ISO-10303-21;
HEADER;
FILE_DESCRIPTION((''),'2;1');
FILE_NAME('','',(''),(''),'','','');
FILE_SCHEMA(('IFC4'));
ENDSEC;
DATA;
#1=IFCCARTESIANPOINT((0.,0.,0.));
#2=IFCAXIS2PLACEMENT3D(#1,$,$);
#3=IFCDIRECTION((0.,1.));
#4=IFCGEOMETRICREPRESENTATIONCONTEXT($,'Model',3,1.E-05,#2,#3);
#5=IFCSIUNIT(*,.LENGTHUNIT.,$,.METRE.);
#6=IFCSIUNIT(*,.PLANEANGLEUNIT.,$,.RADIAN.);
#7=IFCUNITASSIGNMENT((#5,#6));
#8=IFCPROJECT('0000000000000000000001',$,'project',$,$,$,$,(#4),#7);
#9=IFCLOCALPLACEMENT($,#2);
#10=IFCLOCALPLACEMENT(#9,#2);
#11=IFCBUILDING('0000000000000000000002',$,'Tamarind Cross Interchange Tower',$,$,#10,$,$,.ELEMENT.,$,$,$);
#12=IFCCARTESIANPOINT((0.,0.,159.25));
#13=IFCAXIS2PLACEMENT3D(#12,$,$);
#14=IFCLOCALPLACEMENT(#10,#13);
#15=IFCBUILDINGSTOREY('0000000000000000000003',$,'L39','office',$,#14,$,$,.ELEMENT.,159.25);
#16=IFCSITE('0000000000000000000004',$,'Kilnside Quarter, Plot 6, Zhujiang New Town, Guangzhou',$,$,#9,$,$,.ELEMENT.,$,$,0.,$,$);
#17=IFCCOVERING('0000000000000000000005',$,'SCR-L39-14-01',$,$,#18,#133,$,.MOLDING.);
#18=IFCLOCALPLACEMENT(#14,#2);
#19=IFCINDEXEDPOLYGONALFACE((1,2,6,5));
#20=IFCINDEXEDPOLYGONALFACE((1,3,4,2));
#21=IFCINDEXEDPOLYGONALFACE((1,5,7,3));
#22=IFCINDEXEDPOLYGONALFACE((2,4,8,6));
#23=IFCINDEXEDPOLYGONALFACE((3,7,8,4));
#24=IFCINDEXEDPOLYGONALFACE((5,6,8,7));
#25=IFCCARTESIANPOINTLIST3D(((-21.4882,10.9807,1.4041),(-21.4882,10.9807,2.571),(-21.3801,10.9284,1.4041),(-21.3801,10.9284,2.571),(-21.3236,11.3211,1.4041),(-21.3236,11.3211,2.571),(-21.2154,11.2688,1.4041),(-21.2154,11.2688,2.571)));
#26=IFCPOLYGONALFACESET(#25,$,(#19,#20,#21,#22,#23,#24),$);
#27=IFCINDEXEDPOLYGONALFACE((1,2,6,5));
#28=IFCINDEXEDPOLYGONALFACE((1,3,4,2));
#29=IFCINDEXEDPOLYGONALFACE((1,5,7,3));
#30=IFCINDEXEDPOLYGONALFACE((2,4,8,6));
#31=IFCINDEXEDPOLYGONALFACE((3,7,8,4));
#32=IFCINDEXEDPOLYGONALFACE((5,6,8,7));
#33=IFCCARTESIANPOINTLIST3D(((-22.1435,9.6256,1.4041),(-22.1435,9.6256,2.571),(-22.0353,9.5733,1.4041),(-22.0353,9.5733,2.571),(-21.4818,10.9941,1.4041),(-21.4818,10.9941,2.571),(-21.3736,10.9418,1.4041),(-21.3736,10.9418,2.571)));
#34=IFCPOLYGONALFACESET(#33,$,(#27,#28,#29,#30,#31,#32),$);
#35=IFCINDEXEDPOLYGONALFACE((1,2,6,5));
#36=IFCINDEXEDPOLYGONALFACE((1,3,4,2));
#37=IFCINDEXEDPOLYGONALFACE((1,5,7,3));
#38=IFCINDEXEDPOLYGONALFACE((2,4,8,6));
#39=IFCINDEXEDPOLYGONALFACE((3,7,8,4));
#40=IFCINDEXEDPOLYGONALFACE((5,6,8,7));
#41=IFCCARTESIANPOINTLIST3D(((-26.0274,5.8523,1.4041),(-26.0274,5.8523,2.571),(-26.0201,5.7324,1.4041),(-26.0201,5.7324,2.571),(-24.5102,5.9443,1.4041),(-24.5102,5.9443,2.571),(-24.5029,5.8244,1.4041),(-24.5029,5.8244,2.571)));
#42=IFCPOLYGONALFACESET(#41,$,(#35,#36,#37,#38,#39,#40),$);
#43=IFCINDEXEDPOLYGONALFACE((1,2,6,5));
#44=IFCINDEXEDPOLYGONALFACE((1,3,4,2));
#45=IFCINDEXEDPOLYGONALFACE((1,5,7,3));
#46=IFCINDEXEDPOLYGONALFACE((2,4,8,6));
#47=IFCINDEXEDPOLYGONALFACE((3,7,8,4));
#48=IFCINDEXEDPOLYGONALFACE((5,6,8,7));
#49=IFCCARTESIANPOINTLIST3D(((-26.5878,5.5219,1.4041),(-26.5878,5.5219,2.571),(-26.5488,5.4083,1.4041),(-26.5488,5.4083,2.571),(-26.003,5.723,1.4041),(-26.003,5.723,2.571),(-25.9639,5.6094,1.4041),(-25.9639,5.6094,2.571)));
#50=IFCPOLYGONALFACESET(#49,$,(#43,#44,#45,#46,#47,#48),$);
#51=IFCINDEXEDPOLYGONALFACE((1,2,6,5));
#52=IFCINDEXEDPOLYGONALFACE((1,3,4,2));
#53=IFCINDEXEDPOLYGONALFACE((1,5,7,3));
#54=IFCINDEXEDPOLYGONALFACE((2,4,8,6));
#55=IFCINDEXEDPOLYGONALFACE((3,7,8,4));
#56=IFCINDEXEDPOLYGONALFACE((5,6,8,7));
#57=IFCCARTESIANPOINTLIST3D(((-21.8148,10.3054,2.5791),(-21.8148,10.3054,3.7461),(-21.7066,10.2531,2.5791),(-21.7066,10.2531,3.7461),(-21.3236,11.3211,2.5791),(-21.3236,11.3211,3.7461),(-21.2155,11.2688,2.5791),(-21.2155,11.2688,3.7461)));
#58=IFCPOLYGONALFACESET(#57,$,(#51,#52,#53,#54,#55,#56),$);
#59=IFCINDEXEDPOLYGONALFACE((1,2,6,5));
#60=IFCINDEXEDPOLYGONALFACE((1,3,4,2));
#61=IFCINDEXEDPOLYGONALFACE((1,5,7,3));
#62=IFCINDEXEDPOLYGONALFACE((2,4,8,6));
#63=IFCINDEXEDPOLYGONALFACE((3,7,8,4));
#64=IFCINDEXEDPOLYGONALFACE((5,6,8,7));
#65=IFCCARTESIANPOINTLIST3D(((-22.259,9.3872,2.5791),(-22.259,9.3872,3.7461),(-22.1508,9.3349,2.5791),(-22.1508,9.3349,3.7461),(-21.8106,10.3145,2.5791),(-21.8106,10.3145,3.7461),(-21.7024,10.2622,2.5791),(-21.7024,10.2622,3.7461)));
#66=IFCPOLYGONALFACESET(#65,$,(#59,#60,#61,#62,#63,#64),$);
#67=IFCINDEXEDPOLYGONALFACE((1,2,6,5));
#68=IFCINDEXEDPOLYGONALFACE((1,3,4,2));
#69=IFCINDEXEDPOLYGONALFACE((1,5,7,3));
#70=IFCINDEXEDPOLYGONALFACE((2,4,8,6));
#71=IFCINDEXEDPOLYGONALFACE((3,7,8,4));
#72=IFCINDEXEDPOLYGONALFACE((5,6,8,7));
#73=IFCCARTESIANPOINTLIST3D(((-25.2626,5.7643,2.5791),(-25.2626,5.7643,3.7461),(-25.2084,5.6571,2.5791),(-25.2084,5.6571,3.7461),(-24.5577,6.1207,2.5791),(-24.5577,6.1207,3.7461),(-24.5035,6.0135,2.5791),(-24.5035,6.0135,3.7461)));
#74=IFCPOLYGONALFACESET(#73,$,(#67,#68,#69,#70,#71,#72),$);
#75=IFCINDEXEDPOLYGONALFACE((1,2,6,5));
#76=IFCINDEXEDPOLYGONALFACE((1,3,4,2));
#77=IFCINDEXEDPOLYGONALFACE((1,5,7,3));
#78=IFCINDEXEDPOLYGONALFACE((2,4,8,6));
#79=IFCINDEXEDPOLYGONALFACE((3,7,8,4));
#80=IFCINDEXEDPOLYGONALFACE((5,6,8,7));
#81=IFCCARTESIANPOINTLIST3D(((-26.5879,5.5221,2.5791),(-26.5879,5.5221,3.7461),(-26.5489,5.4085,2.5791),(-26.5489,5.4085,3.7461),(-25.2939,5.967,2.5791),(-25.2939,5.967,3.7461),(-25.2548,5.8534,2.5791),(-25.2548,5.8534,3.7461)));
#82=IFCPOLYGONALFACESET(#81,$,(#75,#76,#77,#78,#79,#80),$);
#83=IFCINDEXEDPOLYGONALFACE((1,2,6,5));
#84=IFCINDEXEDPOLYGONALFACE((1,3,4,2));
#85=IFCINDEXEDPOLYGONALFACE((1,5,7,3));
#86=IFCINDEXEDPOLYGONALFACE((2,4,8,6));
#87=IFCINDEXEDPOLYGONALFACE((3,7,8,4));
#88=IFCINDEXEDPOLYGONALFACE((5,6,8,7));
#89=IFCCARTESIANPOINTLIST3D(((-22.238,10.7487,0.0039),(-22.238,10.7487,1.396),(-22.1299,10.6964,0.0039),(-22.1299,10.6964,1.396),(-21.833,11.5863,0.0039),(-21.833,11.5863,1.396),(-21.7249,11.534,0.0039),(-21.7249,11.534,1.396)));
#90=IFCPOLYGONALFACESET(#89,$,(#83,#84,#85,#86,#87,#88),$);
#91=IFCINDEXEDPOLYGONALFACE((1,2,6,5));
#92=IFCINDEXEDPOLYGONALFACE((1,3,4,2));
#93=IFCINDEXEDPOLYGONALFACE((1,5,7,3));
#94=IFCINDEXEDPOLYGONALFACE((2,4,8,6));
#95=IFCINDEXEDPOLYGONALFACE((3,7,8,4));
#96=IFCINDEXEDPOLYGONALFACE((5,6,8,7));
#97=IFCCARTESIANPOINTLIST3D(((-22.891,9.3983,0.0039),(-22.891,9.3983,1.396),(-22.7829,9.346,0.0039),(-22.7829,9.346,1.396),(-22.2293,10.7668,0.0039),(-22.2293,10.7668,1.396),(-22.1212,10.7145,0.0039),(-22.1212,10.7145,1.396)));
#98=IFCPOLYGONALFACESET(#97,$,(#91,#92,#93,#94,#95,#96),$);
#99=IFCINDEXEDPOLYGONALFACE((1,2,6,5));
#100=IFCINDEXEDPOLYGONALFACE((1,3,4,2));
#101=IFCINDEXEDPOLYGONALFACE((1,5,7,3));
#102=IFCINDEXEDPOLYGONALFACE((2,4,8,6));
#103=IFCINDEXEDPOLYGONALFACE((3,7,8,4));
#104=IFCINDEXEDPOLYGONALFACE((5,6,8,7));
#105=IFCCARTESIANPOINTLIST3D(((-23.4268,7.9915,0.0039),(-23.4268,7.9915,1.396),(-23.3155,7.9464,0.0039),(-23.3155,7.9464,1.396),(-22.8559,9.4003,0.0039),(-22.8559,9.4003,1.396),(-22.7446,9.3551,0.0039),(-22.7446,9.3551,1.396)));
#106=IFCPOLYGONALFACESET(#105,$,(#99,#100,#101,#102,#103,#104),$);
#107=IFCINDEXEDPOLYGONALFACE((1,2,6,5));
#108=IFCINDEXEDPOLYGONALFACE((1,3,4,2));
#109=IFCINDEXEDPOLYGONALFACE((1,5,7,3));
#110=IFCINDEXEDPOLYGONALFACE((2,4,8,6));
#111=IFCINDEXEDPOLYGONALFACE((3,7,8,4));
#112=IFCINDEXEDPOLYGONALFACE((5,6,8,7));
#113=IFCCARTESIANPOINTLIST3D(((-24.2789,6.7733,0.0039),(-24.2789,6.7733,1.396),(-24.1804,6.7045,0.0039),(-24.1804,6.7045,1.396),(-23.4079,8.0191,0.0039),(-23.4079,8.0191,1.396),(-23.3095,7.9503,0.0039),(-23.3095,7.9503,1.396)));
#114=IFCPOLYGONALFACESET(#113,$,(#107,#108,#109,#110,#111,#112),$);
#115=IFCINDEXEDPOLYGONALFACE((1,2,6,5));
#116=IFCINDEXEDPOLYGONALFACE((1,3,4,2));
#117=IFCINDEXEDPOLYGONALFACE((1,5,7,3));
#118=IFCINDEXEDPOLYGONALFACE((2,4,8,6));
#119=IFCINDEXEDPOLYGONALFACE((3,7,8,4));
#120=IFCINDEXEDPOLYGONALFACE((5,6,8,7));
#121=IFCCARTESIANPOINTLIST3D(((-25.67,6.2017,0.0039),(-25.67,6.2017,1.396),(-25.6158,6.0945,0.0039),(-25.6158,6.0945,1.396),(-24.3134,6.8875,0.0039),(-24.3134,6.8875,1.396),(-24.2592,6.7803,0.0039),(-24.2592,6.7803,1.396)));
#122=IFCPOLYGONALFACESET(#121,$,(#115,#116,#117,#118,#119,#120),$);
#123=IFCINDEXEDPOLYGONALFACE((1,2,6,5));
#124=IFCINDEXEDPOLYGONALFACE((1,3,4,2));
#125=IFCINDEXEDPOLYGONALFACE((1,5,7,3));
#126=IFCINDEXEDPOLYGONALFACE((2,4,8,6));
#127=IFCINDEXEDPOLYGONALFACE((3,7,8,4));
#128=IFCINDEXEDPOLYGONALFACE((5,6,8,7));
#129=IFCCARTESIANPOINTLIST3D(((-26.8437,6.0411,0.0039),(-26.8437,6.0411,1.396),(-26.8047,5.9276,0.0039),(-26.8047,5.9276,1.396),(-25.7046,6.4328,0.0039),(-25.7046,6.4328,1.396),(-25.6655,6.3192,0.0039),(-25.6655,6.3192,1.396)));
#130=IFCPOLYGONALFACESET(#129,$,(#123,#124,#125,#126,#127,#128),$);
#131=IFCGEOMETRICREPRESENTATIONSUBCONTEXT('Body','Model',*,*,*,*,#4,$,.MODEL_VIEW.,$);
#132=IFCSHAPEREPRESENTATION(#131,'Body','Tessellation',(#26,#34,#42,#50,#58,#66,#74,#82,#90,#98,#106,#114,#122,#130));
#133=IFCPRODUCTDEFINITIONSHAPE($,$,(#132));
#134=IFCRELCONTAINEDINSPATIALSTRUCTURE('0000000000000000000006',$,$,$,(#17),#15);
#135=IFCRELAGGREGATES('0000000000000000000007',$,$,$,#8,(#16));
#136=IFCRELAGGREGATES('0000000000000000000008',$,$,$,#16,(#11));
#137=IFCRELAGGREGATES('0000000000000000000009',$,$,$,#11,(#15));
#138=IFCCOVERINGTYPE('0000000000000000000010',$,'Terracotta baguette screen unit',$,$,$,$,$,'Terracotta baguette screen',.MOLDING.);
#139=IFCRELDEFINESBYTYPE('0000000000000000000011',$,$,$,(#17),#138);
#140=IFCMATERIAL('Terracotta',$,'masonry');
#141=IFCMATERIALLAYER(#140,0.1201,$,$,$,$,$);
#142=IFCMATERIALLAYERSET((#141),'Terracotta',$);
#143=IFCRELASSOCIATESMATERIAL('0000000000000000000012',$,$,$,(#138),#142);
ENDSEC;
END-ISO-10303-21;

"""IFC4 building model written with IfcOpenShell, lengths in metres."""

from ifc_helpers import new_model, si_unit, direction, frame, origin, origin_2d, place, context, subcontext, project, spatial, rectangle, extrude, material, layer, layer_set, type_object, element, save


model = new_model("IFC4")

# Units and contexts
model_context = context("Model", 3, precision=1e-05, world=origin(), true_north=direction((0.0, 1.0)))
body_context = subcontext(model_context, "Body", "Model", "MODEL_VIEW")
ifc_project = project(units=[si_unit("LENGTHUNIT", "METRE"), si_unit("PLANEANGLEUNIT", "RADIAN")], contexts=[model_context])

# Site, building, storey
site_placement = place(None, origin())
site = spatial("IfcSite", under=ifc_project, at=site_placement, Name="Kilnside Quarter, Plot 6, Zhujiang New Town, Guangzhou", CompositionType="ELEMENT", RefElevation=0.0)
building_placement = place(site_placement, origin())
building = spatial("IfcBuilding", under=site, at=building_placement, Name="Tamarind Cross Interchange Tower", CompositionType="ELEMENT")
storey_placement = place(building_placement, frame((0.0, 0.0, 159.25)))
storey = spatial("IfcBuildingStorey", under=building, at=storey_placement, Name="L39", Description="office", CompositionType="ELEMENT", Elevation=159.25)

# Covering
ifc_material_1 = material(Name="Terracotta", Category="masonry")
ifc_layer_1 = layer(ifc_material_1, 0.1201)
ifc_layer_set_1 = layer_set([ifc_layer_1], Name="Terracotta")
covering_type = type_object("IfcCoveringType", Name="Terracotta baguette screen unit", ElementType="Terracotta baguette screen", PredefinedType="MOLDING", material=ifc_layer_set_1)
covering_1_placement = place(storey_placement, origin())
element("IfcCovering", 1, at=covering_1_placement, inside=storey, type_object=covering_type, Name="SCR-L39-14-01", PredefinedType="MOLDING", context=body_context, shape_type="SweptSolid", body=[
    extrude(rectangle(XDim=0.3782, YDim=0.1201, at=origin_2d()), frame((-21.3518, 11.1248, 1.4041), z_axis=(0.0, 0.0, 1.0), x_axis=(-0.435326, -0.900273, 0.0)), (0.0, 0.0, 1.0), 1.167),
    extrude(rectangle(XDim=1.52, YDim=0.1201, at=origin_2d()), frame((-21.7585, 10.2837, 1.4041), z_axis=(0.0, 0.0, 1.0), x_axis=(-0.435326, -0.900273, 0.0)), (0.0, 0.0, 1.0), 1.167),
    extrude(rectangle(XDim=1.52, YDim=0.1201, at=origin_2d()), frame((-25.2651, 5.8384, 1.4041), z_axis=(0.0, 0.0, 1.0), x_axis=(-0.998168, -0.060506, 0.0)), (0.0, 0.0, 1.0), 1.167),
    extrude(rectangle(XDim=0.6184, YDim=0.1201, at=origin_2d()), frame((-26.2759, 5.5657, 1.4041), z_axis=(0.0, 0.0, 1.0), x_axis=(-0.945668, -0.325133, 0.0)), (0.0, 0.0, 1.0), 1.167),
    extrude(rectangle(XDim=1.1282, YDim=0.1201, at=origin_2d()), frame((-21.5151, 10.7871, 2.5791), z_axis=(0.0, 0.0, 1.0), x_axis=(-0.435326, -0.900273, 0.0)), (0.0, 0.0, 1.0), 1.167),
    extrude(rectangle(XDim=1.03, YDim=0.1201, at=origin_2d()), frame((-21.9807, 9.8247, 2.5791), z_axis=(0.0, 0.0, 1.0), x_axis=(-0.435326, -0.900273, 0.0)), (0.0, 0.0, 1.0), 1.167),
    extrude(rectangle(XDim=0.7898, YDim=0.1201, at=origin_2d()), frame((-24.8831, 5.8889, 2.5791), z_axis=(0.0, 0.0, 1.0), x_axis=(-0.892426, -0.451194, 0.0)), (0.0, 0.0, 1.0), 1.167),
    extrude(rectangle(XDim=1.3684, YDim=0.1201, at=origin_2d()), frame((-25.9214, 5.6877, 2.5791), z_axis=(0.0, 0.0, 1.0), x_axis=(-0.945668, -0.325133, 0.0)), (0.0, 0.0, 1.0), 1.167),
    extrude(rectangle(XDim=0.9304, YDim=0.1201, at=origin_2d()), frame((-21.9814, 11.1414, 0.0039), z_axis=(0.0, 0.0, 1.0), x_axis=(-0.435326, -0.900273, 0.0)), (0.0, 0.0, 1.0), 1.3921),
    extrude(rectangle(XDim=1.52, YDim=0.1201, at=origin_2d()), frame((-22.5061, 10.0564, 0.0039), z_axis=(0.0, 0.0, 1.0), x_axis=(-0.435326, -0.900273, 0.0)), (0.0, 0.0, 1.0), 1.3921),
    extrude(rectangle(XDim=1.52, YDim=0.1201, at=origin_2d()), frame((-23.0857, 8.6733, 0.0039), z_axis=(0.0, 0.0, 1.0), x_axis=(-0.375588, -0.926787, 0.0)), (0.0, 0.0, 1.0), 1.3921),
    extrude(rectangle(XDim=1.52, YDim=0.1201, at=origin_2d()), frame((-23.7942, 7.3618, 0.0039), z_axis=(0.0, 0.0, 1.0), x_axis=(-0.572981, -0.819568, 0.0)), (0.0, 0.0, 1.0), 1.3921),
    extrude(rectangle(XDim=1.52, YDim=0.1201, at=origin_2d()), frame((-24.9646, 6.491, 0.0039), z_axis=(0.0, 0.0, 1.0), x_axis=(-0.892426, -0.451194, 0.0)), (0.0, 0.0, 1.0), 1.3921),
    extrude(rectangle(XDim=1.2046, YDim=0.1201, at=origin_2d()), frame((-26.2546, 6.1802, 0.0039), z_axis=(0.0, 0.0, 1.0), x_axis=(-0.945668, -0.325133, 0.0)), (0.0, 0.0, 1.0), 1.3921),
])

save(model, "model.ifc")
